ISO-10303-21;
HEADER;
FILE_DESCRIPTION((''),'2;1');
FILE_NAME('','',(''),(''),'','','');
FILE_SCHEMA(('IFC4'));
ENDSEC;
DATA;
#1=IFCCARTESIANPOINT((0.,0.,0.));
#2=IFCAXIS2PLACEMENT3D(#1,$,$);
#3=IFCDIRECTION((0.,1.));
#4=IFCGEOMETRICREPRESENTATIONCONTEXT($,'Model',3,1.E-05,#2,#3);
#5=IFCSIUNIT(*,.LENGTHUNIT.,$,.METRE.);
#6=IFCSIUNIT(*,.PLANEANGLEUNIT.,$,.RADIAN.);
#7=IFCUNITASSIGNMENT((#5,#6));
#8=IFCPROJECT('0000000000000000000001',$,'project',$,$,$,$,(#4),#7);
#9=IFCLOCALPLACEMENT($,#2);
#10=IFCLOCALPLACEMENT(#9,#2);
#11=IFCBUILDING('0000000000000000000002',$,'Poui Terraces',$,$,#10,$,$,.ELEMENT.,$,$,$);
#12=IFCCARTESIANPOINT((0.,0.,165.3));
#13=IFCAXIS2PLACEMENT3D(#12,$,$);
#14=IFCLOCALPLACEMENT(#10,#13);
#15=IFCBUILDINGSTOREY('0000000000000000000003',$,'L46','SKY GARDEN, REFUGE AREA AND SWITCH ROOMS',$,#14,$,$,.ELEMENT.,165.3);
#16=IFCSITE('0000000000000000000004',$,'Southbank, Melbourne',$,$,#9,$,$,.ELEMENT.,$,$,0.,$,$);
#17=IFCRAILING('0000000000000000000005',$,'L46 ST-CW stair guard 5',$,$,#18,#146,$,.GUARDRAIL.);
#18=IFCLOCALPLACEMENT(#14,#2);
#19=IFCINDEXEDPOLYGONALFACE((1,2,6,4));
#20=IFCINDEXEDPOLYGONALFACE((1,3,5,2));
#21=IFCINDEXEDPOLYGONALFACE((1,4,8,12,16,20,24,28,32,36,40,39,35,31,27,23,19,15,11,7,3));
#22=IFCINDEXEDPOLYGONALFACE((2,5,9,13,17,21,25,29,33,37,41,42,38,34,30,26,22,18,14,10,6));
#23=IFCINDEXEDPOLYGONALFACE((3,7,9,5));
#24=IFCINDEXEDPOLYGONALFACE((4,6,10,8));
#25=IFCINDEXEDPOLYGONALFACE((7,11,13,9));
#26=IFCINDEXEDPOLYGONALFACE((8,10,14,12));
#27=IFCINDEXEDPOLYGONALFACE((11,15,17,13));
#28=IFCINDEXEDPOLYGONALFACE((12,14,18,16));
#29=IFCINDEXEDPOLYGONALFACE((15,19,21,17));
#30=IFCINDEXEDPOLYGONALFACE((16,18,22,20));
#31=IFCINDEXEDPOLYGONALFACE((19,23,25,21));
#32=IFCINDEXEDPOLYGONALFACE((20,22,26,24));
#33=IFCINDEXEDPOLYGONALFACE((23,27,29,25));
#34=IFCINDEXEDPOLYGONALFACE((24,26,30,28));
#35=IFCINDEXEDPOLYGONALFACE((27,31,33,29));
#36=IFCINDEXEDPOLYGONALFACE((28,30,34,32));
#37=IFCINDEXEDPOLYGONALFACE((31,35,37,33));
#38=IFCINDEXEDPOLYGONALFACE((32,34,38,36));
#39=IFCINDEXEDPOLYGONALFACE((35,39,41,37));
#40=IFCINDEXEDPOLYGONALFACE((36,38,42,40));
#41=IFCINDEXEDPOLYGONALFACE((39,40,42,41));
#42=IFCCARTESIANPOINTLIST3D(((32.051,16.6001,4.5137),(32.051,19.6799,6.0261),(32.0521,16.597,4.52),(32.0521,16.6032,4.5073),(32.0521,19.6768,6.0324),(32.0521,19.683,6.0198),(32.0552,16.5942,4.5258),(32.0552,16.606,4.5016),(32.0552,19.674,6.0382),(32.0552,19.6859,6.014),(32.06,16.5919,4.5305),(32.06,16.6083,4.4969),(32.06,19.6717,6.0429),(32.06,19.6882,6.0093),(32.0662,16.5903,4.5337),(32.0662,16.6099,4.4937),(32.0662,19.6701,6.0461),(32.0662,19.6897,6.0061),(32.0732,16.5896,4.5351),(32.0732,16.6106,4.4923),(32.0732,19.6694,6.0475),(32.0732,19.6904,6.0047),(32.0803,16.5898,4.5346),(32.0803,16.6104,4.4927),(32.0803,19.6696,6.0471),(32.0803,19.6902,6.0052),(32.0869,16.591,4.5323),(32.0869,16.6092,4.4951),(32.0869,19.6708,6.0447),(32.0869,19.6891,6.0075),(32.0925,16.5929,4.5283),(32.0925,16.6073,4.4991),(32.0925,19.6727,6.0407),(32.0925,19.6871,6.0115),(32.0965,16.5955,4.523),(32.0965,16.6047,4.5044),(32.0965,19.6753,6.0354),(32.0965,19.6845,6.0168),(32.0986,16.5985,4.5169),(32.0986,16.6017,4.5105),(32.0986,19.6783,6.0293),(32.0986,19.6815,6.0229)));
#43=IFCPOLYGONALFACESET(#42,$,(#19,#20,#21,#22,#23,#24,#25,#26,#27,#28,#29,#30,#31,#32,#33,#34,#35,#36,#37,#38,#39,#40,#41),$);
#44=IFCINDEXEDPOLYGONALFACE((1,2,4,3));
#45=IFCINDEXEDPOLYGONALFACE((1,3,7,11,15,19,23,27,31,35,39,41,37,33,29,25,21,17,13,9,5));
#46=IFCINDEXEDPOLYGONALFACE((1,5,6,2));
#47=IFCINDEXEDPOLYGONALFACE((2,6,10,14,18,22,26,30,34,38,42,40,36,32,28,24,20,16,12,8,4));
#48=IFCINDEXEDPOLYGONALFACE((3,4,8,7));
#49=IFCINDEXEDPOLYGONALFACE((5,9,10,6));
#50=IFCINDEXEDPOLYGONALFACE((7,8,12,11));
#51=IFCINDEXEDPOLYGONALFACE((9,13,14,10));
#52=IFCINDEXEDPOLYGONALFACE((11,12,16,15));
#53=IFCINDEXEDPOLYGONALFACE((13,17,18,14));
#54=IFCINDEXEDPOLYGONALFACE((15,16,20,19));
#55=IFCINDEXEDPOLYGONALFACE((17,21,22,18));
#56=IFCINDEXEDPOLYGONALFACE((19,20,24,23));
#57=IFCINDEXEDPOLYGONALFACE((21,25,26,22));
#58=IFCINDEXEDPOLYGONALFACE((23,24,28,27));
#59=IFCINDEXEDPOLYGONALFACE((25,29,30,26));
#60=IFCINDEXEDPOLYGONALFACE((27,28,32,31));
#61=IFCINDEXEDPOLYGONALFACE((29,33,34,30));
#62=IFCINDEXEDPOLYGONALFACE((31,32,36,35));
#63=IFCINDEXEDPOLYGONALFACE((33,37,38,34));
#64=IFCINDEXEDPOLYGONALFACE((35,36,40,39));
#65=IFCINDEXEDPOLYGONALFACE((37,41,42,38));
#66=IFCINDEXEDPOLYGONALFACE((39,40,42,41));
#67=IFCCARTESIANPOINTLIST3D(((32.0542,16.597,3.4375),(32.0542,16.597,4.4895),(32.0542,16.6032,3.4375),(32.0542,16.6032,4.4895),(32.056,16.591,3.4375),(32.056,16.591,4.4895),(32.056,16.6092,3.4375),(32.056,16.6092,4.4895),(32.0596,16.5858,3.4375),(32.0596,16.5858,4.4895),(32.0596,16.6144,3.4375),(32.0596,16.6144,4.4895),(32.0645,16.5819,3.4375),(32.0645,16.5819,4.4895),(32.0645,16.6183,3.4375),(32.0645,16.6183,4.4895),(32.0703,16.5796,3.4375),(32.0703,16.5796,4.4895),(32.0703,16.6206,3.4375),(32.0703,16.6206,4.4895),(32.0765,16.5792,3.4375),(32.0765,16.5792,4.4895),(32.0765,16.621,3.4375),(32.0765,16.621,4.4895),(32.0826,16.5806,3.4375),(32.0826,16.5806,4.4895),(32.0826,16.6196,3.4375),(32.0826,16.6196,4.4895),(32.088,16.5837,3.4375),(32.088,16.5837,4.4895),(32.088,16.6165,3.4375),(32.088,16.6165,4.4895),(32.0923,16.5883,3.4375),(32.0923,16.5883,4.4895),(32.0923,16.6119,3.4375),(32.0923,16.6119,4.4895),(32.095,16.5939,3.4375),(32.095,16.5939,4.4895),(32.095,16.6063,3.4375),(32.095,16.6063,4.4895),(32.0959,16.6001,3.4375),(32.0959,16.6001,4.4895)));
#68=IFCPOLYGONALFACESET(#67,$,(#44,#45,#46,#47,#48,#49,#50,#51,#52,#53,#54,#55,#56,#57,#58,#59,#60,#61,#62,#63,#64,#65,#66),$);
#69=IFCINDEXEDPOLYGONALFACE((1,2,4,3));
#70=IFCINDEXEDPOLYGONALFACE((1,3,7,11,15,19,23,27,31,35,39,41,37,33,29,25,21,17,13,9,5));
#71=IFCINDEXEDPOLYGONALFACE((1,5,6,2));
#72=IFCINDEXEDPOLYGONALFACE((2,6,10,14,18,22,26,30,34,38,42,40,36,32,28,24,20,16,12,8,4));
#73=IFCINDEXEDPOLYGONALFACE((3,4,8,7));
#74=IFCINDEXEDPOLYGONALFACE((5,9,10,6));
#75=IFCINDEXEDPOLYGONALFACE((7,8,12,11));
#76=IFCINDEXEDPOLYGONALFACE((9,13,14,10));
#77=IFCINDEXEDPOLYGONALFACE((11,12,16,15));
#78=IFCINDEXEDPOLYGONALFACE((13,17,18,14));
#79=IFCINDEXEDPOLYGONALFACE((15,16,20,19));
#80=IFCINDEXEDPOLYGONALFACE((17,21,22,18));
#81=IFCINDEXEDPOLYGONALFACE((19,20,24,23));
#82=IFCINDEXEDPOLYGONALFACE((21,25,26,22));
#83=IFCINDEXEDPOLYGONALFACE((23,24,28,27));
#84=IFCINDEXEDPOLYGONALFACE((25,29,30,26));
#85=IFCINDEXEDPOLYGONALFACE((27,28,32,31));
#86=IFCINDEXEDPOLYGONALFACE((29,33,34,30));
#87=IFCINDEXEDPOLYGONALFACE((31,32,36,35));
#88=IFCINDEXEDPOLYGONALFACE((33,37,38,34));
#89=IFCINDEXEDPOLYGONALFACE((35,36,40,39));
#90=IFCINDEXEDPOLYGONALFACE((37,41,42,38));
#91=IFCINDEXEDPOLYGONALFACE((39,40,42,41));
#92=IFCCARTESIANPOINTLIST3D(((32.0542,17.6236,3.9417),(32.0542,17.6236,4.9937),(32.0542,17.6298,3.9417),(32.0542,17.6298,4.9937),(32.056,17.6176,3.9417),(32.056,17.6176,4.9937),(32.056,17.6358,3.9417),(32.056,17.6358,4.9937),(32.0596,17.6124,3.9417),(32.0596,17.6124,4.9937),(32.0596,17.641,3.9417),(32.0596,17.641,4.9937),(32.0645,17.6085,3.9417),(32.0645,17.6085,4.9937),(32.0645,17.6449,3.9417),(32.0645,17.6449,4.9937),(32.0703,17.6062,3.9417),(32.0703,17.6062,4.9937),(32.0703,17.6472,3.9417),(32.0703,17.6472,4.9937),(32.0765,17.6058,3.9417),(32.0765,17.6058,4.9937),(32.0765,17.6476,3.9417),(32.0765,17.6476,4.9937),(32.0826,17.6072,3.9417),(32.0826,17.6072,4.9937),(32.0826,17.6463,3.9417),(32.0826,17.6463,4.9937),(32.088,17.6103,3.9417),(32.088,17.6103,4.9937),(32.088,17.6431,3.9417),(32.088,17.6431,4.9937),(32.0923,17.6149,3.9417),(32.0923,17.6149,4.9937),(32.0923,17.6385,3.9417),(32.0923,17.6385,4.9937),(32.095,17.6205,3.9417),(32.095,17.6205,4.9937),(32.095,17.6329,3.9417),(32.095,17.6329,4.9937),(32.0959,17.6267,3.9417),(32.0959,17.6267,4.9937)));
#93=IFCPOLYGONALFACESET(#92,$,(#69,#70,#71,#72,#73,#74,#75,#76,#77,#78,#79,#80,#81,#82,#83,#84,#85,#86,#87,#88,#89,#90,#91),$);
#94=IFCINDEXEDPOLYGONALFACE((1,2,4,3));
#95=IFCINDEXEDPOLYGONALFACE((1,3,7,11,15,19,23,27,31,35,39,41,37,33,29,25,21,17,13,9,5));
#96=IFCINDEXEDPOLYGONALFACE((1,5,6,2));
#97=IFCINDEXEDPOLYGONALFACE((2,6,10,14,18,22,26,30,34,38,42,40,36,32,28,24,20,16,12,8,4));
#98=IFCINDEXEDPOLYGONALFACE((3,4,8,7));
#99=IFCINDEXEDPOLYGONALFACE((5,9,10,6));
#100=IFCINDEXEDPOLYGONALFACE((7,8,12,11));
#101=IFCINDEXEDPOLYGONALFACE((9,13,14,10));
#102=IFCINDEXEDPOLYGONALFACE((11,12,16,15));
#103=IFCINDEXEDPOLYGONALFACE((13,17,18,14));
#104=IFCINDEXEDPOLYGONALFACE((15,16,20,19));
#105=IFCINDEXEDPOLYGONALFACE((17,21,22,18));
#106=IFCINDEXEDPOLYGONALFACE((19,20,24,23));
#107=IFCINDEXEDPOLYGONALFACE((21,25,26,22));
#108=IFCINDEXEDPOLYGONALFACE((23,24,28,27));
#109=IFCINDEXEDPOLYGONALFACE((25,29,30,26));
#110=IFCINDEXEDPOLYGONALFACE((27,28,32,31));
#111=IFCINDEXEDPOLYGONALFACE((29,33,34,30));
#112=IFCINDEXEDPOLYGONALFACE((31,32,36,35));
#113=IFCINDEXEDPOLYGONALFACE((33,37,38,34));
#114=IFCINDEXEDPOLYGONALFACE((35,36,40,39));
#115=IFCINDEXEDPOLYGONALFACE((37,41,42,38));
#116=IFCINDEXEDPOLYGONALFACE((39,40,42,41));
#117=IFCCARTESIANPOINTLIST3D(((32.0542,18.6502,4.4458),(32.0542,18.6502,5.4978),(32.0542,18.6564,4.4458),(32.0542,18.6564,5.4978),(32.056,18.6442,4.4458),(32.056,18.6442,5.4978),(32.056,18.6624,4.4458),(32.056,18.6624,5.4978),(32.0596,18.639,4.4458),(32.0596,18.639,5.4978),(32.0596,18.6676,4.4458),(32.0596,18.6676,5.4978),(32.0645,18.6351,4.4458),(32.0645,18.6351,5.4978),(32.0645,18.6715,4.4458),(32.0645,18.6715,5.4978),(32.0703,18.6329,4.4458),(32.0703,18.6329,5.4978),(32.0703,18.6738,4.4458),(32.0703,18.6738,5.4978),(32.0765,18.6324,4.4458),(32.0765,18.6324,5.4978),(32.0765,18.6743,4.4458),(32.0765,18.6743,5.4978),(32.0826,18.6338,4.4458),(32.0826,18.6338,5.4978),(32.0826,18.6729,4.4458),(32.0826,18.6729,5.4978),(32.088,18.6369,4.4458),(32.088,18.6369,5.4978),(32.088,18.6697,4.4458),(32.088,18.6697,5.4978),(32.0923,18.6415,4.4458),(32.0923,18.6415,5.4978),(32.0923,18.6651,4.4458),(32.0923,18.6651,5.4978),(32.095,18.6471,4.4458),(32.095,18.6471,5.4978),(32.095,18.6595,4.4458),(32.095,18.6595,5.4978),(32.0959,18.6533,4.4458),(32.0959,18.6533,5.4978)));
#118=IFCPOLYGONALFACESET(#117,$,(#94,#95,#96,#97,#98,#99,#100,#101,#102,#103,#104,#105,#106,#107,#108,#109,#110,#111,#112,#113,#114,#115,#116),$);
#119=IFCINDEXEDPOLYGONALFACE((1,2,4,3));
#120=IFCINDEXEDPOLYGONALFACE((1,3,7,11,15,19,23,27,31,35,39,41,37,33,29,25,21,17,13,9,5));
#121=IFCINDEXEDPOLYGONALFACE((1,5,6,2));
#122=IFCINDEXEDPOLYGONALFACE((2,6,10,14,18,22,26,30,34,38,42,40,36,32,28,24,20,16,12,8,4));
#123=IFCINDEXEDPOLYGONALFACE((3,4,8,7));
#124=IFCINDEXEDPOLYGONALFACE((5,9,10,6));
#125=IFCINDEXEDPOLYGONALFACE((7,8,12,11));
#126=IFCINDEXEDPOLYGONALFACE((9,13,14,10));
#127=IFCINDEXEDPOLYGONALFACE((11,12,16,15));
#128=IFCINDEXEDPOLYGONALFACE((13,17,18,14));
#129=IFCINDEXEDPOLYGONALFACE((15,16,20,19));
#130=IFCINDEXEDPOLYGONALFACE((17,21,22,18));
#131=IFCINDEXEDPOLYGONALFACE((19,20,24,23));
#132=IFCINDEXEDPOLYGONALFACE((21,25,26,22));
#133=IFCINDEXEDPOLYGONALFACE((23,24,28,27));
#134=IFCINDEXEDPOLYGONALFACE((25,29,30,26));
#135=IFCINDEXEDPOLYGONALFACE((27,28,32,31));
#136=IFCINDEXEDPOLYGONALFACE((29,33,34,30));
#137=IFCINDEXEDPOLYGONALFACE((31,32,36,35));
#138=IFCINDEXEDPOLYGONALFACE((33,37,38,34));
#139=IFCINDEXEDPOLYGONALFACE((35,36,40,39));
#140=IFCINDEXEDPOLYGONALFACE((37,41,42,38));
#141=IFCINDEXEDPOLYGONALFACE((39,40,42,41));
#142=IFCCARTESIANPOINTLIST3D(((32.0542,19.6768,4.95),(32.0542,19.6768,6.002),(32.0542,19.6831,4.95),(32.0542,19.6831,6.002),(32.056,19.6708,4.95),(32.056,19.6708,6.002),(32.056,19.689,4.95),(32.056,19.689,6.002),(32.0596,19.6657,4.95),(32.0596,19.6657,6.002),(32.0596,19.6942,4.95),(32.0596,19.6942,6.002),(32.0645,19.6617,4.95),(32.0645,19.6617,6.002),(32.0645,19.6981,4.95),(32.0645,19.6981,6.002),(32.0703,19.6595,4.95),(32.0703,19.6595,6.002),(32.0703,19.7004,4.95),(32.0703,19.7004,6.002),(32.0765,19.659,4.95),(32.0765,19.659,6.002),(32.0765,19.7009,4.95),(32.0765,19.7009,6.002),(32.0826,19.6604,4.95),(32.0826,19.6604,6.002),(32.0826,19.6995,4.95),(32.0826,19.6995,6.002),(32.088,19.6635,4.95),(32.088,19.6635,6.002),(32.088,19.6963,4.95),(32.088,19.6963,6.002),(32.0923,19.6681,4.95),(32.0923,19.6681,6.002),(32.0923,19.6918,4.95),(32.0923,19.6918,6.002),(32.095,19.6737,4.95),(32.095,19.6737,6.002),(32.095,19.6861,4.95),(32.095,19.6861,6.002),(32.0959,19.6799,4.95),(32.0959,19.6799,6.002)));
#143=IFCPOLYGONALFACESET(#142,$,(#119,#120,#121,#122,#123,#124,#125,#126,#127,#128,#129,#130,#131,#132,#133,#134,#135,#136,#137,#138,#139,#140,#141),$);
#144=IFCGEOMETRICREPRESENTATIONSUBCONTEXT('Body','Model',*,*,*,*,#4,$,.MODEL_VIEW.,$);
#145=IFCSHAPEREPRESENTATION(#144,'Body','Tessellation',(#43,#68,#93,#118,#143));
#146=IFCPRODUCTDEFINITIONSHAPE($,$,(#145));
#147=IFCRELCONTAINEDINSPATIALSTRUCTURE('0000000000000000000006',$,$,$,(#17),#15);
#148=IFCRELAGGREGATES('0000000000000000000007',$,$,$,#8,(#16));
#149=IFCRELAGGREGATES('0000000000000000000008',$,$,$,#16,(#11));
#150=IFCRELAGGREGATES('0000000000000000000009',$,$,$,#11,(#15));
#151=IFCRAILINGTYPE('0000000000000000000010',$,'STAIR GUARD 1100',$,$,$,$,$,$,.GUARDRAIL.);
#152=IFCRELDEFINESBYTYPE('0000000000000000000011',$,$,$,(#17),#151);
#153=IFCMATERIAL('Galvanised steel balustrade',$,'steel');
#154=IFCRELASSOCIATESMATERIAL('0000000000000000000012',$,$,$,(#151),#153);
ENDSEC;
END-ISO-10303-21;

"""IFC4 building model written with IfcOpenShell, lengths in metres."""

from ifc_helpers import new_model, si_unit, direction, frame, origin, origin_2d, place, context, subcontext, project, spatial, circle, extrude, material, type_object, element, save


model = new_model("IFC4")

# Units and contexts
model_context = context("Model", 3, precision=1e-05, world=origin(), true_north=direction((0.0, 1.0)))
body_context = subcontext(model_context, "Body", "Model", "MODEL_VIEW")
ifc_project = project(units=[si_unit("LENGTHUNIT", "METRE"), si_unit("PLANEANGLEUNIT", "RADIAN")], contexts=[model_context])

# Site, building, storey
site_placement = place(None, origin())
site = spatial("IfcSite", under=ifc_project, at=site_placement, Name="Southbank, Melbourne", CompositionType="ELEMENT", RefElevation=0.0)
building_placement = place(site_placement, origin())
building = spatial("IfcBuilding", under=site, at=building_placement, Name="Poui Terraces", CompositionType="ELEMENT")
storey_placement = place(building_placement, frame((0.0, 0.0, 165.3)))
storey = spatial("IfcBuildingStorey", under=building, at=storey_placement, Name="L46", Description="SKY GARDEN, REFUGE AREA AND SWITCH ROOMS", CompositionType="ELEMENT", Elevation=165.3)

# Railing
ifc_material_1 = material(Name="Galvanised steel balustrade", Category="steel")
railing_type_1 = type_object("IfcRailingType", Name="STAIR GUARD 1100", PredefinedType="GUARDRAIL", material=ifc_material_1)
railing_1_placement = place(storey_placement, frame((32.075, 16.6001, 3.4375)))
element("IfcRailing", 1, at=railing_1_placement, inside=storey, type_object=railing_type_1, Name="L46 ST-CW stair guard 5", PredefinedType="GUARDRAIL", context=body_context, shape_type="SweptSolid", body=[
    extrude(circle(Radius=0.0239, at=origin_2d()), frame((0.0, 0.0, 1.0762), z_axis=(0.0, 0.897606, 0.440798), x_axis=(-1.0, 0.0, 0.0)), (0.0, 0.0, 1.0), 3.4312),
    extrude(circle(Radius=0.021, at=origin_2d()), origin(), (0.0, 0.0, 1.0), 1.052),
    extrude(circle(Radius=0.021, at=origin_2d()), frame((0.0, 1.0266, 0.5042)), (0.0, 0.0, 1.0), 1.052),
    extrude(circle(Radius=0.021, at=origin_2d()), frame((0.0, 2.0532, 1.0083)), (0.0, 0.0, 1.0), 1.052),
    extrude(circle(Radius=0.021, at=origin_2d()), frame((0.0, 3.0798, 1.5125)), (0.0, 0.0, 1.0), 1.052),
])

save(model, "model.ifc")
